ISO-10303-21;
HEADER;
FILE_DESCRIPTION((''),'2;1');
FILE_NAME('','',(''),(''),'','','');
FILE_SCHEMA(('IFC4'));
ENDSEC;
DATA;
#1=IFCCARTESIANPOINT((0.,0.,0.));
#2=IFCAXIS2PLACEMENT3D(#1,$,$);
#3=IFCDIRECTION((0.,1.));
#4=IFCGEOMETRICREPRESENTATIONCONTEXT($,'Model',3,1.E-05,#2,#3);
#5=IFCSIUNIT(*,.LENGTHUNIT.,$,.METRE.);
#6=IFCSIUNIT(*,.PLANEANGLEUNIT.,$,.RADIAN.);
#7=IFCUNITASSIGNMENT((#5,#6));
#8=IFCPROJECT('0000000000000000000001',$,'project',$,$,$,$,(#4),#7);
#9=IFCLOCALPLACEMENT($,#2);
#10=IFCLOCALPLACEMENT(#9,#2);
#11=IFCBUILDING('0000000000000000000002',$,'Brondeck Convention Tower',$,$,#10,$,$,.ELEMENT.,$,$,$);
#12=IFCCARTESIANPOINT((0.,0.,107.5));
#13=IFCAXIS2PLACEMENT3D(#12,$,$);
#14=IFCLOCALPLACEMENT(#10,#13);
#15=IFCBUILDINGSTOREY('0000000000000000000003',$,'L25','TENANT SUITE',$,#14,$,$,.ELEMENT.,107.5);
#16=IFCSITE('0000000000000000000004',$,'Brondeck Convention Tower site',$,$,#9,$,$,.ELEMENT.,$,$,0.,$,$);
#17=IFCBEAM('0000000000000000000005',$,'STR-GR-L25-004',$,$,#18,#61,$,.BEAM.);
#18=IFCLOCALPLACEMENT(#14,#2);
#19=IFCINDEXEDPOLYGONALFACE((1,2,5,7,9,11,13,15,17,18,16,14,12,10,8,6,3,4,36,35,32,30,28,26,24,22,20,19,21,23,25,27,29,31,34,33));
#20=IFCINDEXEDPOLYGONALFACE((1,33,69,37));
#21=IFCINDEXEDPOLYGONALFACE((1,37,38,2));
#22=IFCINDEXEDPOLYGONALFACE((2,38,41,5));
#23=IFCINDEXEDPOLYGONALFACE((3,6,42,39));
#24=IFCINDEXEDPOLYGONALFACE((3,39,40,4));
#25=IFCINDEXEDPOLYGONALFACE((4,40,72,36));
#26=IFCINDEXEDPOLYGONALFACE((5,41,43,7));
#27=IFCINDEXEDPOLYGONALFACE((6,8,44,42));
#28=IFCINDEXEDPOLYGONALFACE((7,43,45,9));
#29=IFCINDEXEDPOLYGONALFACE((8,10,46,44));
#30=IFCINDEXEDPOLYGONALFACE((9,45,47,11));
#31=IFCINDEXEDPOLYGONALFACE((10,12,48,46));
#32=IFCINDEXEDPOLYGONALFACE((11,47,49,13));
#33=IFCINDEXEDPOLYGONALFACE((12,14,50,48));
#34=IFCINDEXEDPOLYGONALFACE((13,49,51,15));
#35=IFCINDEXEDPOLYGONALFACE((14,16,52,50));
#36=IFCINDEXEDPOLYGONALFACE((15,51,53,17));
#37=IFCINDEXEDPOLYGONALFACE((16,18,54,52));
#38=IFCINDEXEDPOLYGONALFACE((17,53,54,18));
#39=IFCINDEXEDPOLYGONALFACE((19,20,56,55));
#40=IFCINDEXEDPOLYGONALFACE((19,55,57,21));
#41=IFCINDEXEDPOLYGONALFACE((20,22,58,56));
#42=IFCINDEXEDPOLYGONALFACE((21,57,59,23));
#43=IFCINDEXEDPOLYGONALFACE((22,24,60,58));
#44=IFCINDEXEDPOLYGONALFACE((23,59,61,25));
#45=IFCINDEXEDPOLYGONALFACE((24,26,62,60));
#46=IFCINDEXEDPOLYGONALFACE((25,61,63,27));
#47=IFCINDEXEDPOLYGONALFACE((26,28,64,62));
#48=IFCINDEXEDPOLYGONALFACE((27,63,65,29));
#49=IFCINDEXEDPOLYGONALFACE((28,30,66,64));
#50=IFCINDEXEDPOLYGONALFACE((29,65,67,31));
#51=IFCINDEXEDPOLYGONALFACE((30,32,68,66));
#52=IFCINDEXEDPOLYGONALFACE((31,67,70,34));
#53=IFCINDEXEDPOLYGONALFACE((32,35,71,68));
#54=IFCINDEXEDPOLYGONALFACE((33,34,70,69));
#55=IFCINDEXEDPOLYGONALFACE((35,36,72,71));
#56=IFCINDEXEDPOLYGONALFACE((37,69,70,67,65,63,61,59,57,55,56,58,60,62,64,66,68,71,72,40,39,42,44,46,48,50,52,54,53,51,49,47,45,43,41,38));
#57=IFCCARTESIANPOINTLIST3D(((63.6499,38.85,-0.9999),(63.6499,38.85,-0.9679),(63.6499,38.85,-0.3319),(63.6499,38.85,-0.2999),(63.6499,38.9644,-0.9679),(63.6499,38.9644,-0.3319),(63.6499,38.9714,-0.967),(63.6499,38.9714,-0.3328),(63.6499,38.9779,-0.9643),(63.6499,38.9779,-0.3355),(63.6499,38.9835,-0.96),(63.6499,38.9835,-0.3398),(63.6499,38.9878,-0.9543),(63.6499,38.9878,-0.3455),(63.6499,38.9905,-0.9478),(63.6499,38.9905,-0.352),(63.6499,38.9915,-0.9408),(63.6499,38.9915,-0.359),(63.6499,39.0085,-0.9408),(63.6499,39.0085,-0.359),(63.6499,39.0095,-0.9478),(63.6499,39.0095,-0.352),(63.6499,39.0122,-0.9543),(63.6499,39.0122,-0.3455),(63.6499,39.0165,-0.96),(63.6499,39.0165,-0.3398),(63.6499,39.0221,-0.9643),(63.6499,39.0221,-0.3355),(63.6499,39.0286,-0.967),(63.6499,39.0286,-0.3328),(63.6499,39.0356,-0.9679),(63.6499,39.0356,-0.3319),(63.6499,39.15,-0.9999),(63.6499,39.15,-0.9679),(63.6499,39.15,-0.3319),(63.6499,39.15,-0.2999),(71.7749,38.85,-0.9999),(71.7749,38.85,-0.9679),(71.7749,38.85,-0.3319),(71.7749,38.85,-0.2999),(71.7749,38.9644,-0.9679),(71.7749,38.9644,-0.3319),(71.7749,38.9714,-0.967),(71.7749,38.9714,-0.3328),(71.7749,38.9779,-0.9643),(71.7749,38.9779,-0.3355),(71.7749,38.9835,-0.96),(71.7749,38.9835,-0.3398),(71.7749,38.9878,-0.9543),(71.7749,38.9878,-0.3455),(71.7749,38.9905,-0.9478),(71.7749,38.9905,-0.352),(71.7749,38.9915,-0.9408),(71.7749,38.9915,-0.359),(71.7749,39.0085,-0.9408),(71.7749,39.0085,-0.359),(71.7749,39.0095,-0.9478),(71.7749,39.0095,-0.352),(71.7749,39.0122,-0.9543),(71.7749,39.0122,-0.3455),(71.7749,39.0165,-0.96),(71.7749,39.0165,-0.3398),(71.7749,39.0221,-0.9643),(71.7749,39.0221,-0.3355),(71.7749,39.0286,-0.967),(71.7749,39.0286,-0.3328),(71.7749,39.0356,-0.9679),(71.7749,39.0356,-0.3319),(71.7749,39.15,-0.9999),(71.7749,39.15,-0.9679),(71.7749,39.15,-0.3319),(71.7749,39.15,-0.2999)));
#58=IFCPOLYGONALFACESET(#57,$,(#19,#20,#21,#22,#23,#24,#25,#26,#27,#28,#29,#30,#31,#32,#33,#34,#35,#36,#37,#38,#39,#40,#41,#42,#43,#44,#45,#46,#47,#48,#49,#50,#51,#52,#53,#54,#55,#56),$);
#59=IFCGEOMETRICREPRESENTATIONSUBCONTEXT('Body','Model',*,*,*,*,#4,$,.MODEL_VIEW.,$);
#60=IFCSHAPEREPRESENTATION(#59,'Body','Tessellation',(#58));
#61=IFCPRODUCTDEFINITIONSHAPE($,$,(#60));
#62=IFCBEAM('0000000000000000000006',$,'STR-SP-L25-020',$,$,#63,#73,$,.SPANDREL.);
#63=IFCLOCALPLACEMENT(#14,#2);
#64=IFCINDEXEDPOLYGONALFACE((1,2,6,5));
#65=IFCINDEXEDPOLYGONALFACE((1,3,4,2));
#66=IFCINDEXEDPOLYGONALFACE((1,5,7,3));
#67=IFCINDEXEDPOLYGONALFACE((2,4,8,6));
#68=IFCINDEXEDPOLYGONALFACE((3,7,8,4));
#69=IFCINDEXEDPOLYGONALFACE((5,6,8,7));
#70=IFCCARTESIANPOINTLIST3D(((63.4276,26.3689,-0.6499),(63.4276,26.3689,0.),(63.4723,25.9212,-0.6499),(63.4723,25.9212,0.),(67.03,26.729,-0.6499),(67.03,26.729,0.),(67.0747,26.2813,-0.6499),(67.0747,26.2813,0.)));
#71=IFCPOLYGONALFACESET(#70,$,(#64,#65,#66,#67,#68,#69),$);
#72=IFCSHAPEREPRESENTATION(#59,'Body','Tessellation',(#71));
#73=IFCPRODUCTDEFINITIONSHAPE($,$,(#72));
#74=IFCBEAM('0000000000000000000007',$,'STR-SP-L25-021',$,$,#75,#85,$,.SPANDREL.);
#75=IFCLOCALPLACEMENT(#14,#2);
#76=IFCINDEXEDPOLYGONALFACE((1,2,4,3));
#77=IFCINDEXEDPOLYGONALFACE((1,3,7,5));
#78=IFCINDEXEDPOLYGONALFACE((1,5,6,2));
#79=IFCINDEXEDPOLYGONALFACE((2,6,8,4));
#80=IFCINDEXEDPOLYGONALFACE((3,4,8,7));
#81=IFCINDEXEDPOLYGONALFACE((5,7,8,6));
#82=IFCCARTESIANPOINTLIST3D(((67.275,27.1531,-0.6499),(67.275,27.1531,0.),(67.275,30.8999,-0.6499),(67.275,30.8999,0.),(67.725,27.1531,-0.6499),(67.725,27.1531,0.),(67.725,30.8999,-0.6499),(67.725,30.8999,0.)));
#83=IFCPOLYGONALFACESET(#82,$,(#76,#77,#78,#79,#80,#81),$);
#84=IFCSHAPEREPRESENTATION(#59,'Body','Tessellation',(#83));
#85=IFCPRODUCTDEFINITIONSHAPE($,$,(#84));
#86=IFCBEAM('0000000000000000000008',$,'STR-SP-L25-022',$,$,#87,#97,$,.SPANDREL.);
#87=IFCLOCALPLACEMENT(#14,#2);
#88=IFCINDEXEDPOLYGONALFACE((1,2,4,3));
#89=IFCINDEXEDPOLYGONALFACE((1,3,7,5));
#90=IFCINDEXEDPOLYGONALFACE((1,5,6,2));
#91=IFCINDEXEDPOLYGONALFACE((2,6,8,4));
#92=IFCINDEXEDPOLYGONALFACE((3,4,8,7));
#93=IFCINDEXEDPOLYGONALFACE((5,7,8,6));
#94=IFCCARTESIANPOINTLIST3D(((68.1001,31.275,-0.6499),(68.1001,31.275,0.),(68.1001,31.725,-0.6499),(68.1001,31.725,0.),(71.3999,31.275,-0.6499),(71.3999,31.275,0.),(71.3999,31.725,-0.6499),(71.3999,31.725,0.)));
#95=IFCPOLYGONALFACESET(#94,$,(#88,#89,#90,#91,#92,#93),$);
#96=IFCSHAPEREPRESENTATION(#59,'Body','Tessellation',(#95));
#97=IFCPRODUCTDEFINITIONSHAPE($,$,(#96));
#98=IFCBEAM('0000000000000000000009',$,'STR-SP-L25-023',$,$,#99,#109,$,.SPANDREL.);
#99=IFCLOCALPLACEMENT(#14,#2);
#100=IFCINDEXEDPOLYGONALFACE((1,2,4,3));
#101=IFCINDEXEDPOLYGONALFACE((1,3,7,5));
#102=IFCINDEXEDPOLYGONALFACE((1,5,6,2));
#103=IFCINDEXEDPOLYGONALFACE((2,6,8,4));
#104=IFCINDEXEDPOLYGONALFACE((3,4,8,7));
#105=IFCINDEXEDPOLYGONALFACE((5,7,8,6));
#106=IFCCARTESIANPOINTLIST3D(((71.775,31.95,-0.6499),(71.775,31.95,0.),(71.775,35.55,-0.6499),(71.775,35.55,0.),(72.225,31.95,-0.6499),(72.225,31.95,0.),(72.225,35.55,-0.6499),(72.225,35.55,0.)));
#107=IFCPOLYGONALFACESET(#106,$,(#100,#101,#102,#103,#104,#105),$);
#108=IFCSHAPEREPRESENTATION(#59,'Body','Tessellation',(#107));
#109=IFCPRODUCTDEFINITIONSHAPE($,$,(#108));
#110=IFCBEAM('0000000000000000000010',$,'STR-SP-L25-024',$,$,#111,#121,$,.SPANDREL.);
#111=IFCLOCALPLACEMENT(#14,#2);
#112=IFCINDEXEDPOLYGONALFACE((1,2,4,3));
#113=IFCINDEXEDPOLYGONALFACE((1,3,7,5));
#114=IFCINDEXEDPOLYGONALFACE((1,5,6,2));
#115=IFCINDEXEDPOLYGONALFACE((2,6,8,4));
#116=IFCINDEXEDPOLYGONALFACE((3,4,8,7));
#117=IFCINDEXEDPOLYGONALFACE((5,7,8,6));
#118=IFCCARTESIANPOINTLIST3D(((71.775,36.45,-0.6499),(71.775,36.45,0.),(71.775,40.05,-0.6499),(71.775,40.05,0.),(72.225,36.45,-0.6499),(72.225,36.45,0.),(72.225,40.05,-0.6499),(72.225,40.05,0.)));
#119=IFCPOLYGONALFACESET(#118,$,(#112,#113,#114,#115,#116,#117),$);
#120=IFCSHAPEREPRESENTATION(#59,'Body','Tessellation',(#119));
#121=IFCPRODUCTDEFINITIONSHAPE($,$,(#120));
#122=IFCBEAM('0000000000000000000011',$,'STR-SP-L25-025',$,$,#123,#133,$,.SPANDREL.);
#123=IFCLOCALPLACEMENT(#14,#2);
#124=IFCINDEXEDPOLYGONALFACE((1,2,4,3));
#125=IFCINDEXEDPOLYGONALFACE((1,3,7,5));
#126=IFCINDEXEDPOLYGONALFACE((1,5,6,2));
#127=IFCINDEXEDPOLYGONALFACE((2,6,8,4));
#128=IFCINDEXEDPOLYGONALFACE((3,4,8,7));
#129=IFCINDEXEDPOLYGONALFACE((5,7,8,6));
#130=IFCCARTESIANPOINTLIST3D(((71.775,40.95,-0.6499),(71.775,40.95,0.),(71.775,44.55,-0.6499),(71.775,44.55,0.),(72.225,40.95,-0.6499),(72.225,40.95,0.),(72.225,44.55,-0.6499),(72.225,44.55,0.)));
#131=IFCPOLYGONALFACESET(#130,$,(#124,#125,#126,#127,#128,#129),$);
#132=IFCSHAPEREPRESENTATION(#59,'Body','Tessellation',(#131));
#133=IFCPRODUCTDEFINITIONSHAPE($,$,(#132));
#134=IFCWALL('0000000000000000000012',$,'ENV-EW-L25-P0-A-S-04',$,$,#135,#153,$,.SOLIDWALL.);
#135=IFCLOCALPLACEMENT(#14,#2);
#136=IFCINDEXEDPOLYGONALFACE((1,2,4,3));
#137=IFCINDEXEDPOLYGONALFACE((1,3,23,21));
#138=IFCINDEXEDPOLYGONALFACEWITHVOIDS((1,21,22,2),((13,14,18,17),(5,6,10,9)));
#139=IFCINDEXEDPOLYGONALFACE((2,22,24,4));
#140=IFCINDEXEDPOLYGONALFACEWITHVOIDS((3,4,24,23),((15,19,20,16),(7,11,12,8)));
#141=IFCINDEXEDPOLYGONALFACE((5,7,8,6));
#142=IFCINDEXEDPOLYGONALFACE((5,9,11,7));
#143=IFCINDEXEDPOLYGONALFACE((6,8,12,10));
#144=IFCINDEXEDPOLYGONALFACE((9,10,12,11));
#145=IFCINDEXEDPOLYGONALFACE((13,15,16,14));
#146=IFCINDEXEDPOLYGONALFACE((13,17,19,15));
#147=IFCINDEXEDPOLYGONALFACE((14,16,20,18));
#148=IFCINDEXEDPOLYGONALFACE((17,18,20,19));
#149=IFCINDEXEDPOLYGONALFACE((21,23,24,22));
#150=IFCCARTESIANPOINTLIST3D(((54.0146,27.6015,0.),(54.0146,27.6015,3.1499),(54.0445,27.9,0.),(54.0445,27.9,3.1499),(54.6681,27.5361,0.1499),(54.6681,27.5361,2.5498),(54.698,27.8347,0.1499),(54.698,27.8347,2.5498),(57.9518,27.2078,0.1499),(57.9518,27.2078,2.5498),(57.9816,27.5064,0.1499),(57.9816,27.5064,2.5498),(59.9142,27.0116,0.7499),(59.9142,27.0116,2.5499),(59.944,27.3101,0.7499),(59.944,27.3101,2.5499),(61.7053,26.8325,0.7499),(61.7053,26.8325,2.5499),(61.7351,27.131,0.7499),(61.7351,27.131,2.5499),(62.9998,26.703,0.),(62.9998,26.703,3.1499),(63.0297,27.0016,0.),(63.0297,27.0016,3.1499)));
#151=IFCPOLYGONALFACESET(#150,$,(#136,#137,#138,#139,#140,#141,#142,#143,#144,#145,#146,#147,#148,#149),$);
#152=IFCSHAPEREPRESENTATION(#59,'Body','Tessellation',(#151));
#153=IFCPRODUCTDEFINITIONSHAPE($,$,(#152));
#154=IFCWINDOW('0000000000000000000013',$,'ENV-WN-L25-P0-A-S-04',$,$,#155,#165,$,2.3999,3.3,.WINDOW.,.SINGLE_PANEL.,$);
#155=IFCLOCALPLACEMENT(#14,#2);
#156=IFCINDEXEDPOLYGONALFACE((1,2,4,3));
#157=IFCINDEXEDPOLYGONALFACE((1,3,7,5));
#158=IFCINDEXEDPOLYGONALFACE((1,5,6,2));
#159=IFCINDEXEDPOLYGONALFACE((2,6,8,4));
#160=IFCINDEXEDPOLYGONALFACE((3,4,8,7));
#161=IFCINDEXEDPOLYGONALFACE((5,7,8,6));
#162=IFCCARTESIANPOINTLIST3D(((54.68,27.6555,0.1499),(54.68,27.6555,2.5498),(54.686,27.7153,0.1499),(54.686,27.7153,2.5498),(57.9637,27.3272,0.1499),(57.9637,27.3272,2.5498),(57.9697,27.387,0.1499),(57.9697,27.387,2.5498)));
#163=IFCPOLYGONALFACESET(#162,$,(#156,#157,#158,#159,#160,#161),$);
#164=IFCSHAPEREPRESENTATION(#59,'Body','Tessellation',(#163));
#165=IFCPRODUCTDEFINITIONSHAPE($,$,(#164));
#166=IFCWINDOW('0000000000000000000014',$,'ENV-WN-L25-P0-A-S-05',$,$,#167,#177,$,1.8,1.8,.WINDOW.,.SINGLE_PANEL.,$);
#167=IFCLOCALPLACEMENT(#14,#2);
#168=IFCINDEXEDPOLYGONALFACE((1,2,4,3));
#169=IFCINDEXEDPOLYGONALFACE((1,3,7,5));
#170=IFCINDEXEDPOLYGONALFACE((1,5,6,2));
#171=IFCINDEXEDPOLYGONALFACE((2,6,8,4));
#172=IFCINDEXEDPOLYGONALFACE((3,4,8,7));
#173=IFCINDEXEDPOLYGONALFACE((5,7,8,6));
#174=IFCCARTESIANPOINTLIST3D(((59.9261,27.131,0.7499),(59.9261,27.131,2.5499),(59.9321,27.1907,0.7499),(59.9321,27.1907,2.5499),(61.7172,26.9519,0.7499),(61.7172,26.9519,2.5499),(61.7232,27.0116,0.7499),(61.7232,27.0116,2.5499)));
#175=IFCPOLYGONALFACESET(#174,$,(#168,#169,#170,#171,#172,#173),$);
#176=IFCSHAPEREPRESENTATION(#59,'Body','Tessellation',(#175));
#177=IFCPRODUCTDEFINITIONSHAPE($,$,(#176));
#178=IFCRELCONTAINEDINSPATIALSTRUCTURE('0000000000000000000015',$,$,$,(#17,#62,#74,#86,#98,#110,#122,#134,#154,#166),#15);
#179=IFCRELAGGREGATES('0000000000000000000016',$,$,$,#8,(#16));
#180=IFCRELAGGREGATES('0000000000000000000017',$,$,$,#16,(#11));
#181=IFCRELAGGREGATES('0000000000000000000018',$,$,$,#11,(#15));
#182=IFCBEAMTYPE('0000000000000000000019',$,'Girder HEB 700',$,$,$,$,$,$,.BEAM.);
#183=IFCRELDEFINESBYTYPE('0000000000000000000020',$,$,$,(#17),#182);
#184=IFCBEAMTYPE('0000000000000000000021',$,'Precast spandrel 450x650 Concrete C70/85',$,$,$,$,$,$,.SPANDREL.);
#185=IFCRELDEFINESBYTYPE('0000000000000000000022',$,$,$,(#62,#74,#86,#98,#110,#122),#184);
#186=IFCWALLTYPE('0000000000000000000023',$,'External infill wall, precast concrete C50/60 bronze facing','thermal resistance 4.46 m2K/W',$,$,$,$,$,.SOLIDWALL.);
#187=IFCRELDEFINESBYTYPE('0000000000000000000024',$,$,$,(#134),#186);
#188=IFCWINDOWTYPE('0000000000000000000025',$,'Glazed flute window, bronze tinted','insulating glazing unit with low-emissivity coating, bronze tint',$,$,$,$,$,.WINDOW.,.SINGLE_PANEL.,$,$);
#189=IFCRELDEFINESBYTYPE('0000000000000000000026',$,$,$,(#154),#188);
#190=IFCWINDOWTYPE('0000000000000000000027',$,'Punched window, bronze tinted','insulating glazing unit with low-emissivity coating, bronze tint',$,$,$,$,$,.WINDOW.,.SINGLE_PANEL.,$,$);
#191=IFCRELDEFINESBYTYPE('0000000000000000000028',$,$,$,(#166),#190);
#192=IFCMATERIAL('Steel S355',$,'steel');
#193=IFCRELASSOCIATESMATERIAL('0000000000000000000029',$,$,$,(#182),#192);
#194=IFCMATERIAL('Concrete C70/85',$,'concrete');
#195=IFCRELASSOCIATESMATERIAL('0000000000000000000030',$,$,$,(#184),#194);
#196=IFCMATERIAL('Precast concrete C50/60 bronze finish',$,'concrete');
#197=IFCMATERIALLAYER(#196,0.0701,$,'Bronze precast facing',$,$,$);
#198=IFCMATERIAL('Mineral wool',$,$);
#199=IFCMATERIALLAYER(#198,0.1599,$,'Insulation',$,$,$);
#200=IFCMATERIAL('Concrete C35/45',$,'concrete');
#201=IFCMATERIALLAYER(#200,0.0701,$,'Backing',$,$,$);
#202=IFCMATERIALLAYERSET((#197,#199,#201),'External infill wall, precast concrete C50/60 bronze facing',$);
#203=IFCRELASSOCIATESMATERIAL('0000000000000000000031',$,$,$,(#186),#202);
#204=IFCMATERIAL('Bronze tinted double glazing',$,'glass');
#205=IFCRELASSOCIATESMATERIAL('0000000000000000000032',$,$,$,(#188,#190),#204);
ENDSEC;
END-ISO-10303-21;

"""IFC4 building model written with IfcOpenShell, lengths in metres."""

from ifc_helpers import new_model, si_unit, direction, frame, frame_2d, origin, origin_2d, place, context, subcontext, project, spatial, rectangle, i_section, extrude, material, layer, layer_set, material_profile, profile_set, type_object, element, fill, save


model = new_model("IFC4")

# Units and contexts
model_context = context("Model", 3, precision=1e-05, world=origin(), true_north=direction((0.0, 1.0)))
body_context = subcontext(model_context, "Body", "Model", "MODEL_VIEW")
ifc_project = project(units=[si_unit("LENGTHUNIT", "METRE"), si_unit("PLANEANGLEUNIT", "RADIAN")], contexts=[model_context])

# Site, building, storey
site_placement = place(None, origin())
site = spatial("IfcSite", under=ifc_project, at=site_placement, Name="Brondeck Convention Tower site", CompositionType="ELEMENT", RefElevation=0.0)
building_placement = place(site_placement, origin())
building = spatial("IfcBuilding", under=site, at=building_placement, Name="Brondeck Convention Tower", CompositionType="ELEMENT")
storey_placement = place(building_placement, frame((0.0, 0.0, 107.5)))
storey = spatial("IfcBuildingStorey", under=building, at=storey_placement, Name="L25", Description="TENANT SUITE", CompositionType="ELEMENT", Elevation=107.5)

# Shared definitions
ifc_material_1 = material(Name="Concrete C70/85", Category="concrete")

# Beams
ifc_material_2 = material(Name="Steel S355", Category="steel")
ifc_material_profile_1 = material_profile(ifc_material_2, i_section(OverallWidth=0.3, OverallDepth=0.7, WebThickness=0.0171, FlangeThickness=0.032, FilletRadius=0.0271, at=origin_2d()), Name="HEB 700")
ifc_profile_set_1 = profile_set([ifc_material_profile_1], Name="Steel S355")
beam_type_1 = type_object("IfcBeamType", Name="Girder HEB 700", PredefinedType="BEAM", material=ifc_profile_set_1)
beam_1_placement = place(storey_placement, frame((63.6499, 39.0, -0.6499), z_axis=(1.0, 0.0, 0.0), x_axis=(0.0, 1.0, 0.0)))
element("IfcBeam", 1, at=beam_1_placement, inside=storey, type_object=beam_type_1, Name="STR-GR-L25-004", PredefinedType="BEAM", context=body_context, shape_type="SweptSolid", body=[
    extrude(i_section(OverallWidth=0.3, OverallDepth=0.7, WebThickness=0.0171, FlangeThickness=0.032, FilletRadius=0.0271, at=origin_2d()), origin(), (0.0, 0.0, 1.0), 8.125),
])
ifc_material_profile_2 = material_profile(ifc_material_1, rectangle(XDim=0.45, YDim=0.6499, at=origin_2d()), Name="Precast spandrel 450x650 Concrete C70/85")
ifc_profile_set_2 = profile_set([ifc_material_profile_2], Name="Concrete C70/85")
beam_type_2 = type_object("IfcBeamType", Name="Precast spandrel 450x650 Concrete C70/85", PredefinedType="SPANDREL", material=ifc_profile_set_2)
beam_2_placement = place(storey_placement, frame((63.45, 26.145, -0.325), z_axis=(0.995041, 0.09947, 0.0), x_axis=(-0.09947, 0.995041, 0.0)))
element("IfcBeam", 2, at=beam_2_placement, inside=storey, type_object=beam_type_2, Name="STR-SP-L25-020", PredefinedType="SPANDREL", context=body_context, shape_type="SweptSolid", body=[
    extrude(rectangle(XDim=0.45, YDim=0.6499, at=origin_2d()), origin(), (0.0, 0.0, 1.0), 3.6204),
])
beam_3_placement = place(storey_placement, frame((67.5, 27.1531, -0.325), z_axis=(0.0, 1.0, 0.0), x_axis=(-1.0, 0.0, 0.0)))
element("IfcBeam", 3, at=beam_3_placement, inside=storey, type_object=beam_type_2, Name="STR-SP-L25-021", PredefinedType="SPANDREL", context=body_context, shape_type="SweptSolid", body=[
    extrude(rectangle(XDim=0.45, YDim=0.6499, at=origin_2d()), origin(), (0.0, 0.0, 1.0), 3.7468),
])
beam_4_placement = place(storey_placement, frame((68.1001, 31.5, -0.325), z_axis=(1.0, 0.0, 0.0), x_axis=(0.0, 1.0, 0.0)))
element("IfcBeam", 4, at=beam_4_placement, inside=storey, type_object=beam_type_2, Name="STR-SP-L25-022", PredefinedType="SPANDREL", context=body_context, shape_type="SweptSolid", body=[
    extrude(rectangle(XDim=0.45, YDim=0.6499, at=origin_2d()), origin(), (0.0, 0.0, 1.0), 3.2998),
])
for number, where, z_axis, x_axis, name in (
    (5, (72.0, 31.95, -0.325), (0.0, 1.0, 0.0), (-1.0, 0.0, 0.0), "STR-SP-L25-023"),
    (6, (72.0, 36.45, -0.325), (0.0, 1.0, 0.0), (-1.0, 0.0, 0.0), "STR-SP-L25-024"),
    (7, (72.0, 40.95, -0.325), (0.0, 1.0, 0.0), (-1.0, 0.0, 0.0), "STR-SP-L25-025"),
):
    element("IfcBeam", number, at=place(storey_placement, frame(where, z_axis=z_axis, x_axis=x_axis)), inside=storey, type_object=beam_type_2, Name=name, PredefinedType="SPANDREL", context=body_context, shape_type="SweptSolid", body=[
        extrude(rectangle(XDim=0.45, YDim=0.6499, at=origin_2d()), origin(), (0.0, 0.0, 1.0), 3.6001),
    ])

# Wall, openings, windows
ifc_material_3 = material(Name="Precast concrete C50/60 bronze finish", Category="concrete")
ifc_layer_1 = layer(ifc_material_3, 0.0701, Name="Bronze precast facing")
ifc_material_4 = material(Name="Mineral wool")
ifc_layer_2 = layer(ifc_material_4, 0.1599, Name="Insulation")
ifc_material_5 = material(Name="Concrete C35/45", Category="concrete")
ifc_layer_3 = layer(ifc_material_5, 0.0701, Name="Backing")
ifc_layer_set_1 = layer_set([ifc_layer_1, ifc_layer_2, ifc_layer_3], Name="External infill wall, precast concrete C50/60 bronze facing")
wall_type_1 = type_object("IfcWallType", Name="External infill wall, precast concrete C50/60 bronze facing", Description="thermal resistance 4.46 m2K/W", PredefinedType="SOLIDWALL", material=ifc_layer_set_1)
wall_1_placement = place(storey_placement, frame((63.0149, 26.8523, 0.0), z_axis=(0.0, 0.0, 1.0), x_axis=(-0.995038, 0.099496, 0.0)))
wall_1 = element("IfcWall", 8, at=wall_1_placement, inside=storey, type_object=wall_type_1, Name="ENV-EW-L25-P0-A-S-04", PredefinedType="SOLIDWALL", context=body_context, shape_type="SweptSolid", body=[
    extrude(rectangle(XDim=9.03, YDim=0.3, at=frame_2d((4.5151, 0.0))), origin(), (0.0, 0.0, 1.0), 3.1499),
])
opening_1_placement = place(wall_1_placement, frame((1.3013, 0.0, 0.75)))
opening_1 = element("IfcOpeningElement", 9, at=opening_1_placement, cuts=wall_1, PredefinedType="OPENING", context=body_context, shape_type="SweptSolid", body=[
    extrude(rectangle(XDim=1.8, YDim=1.8, at=frame_2d((0.8999, 0.8999))), frame((0.0, 0.1599, 0.0), z_axis=(0.0, -1.0, 0.0), x_axis=(1.0, 0.0, 0.0)), (0.0, 0.0, 1.0), 0.3201),
])
opening_2_placement = place(wall_1_placement, frame((5.0735, 0.0, 0.1499)))
opening_2 = element("IfcOpeningElement", 10, at=opening_2_placement, cuts=wall_1, PredefinedType="OPENING", context=body_context, shape_type="SweptSolid", body=[
    extrude(rectangle(XDim=3.3, YDim=2.3999, at=frame_2d((1.6499, 1.2))), frame((0.0, 0.1599, 0.0), z_axis=(0.0, -1.0, 0.0), x_axis=(1.0, 0.0, 0.0)), (0.0, 0.0, 1.0), 0.3201),
])
ifc_material_6 = material(Name="Bronze tinted double glazing", Category="glass")
window_type_1 = type_object("IfcWindowType", Name="Glazed flute window, bronze tinted", Description="insulating glazing unit with low-emissivity coating, bronze tint", PartitioningType="SINGLE_PANEL", PredefinedType="WINDOW", material=ifc_material_6)
window_1_placement = place(opening_2_placement, origin())
window_1 = element("IfcWindow", 11, at=window_1_placement, inside=storey, type_object=window_type_1, Name="ENV-WN-L25-P0-A-S-04", OverallHeight=2.3999, OverallWidth=3.3, PartitioningType="SINGLE_PANEL", PredefinedType="WINDOW", context=body_context, shape_type="SweptSolid", body=[
    extrude(rectangle(XDim=3.3, YDim=2.3999, at=frame_2d((1.6499, 1.2))), frame((0.0, 0.03, 0.0), z_axis=(0.0, -1.0, 0.0), x_axis=(1.0, 0.0, 0.0)), (0.0, 0.0, 1.0), 0.0601),
])
fill(opening_2, window_1)
window_type_2 = type_object("IfcWindowType", Name="Punched window, bronze tinted", Description="insulating glazing unit with low-emissivity coating, bronze tint", PartitioningType="SINGLE_PANEL", PredefinedType="WINDOW", material=ifc_material_6)
window_2_placement = place(opening_1_placement, origin())
window_2 = element("IfcWindow", 12, at=window_2_placement, inside=storey, type_object=window_type_2, Name="ENV-WN-L25-P0-A-S-05", OverallHeight=1.8, OverallWidth=1.8, PartitioningType="SINGLE_PANEL", PredefinedType="WINDOW", context=body_context, shape_type="SweptSolid", body=[
    extrude(rectangle(XDim=1.8, YDim=1.8, at=frame_2d((0.8999, 0.8999))), frame((0.0, 0.03, 0.0), z_axis=(0.0, -1.0, 0.0), x_axis=(1.0, 0.0, 0.0)), (0.0, 0.0, 1.0), 0.0601),
])
fill(opening_1, window_2)

save(model, "model.ifc")
